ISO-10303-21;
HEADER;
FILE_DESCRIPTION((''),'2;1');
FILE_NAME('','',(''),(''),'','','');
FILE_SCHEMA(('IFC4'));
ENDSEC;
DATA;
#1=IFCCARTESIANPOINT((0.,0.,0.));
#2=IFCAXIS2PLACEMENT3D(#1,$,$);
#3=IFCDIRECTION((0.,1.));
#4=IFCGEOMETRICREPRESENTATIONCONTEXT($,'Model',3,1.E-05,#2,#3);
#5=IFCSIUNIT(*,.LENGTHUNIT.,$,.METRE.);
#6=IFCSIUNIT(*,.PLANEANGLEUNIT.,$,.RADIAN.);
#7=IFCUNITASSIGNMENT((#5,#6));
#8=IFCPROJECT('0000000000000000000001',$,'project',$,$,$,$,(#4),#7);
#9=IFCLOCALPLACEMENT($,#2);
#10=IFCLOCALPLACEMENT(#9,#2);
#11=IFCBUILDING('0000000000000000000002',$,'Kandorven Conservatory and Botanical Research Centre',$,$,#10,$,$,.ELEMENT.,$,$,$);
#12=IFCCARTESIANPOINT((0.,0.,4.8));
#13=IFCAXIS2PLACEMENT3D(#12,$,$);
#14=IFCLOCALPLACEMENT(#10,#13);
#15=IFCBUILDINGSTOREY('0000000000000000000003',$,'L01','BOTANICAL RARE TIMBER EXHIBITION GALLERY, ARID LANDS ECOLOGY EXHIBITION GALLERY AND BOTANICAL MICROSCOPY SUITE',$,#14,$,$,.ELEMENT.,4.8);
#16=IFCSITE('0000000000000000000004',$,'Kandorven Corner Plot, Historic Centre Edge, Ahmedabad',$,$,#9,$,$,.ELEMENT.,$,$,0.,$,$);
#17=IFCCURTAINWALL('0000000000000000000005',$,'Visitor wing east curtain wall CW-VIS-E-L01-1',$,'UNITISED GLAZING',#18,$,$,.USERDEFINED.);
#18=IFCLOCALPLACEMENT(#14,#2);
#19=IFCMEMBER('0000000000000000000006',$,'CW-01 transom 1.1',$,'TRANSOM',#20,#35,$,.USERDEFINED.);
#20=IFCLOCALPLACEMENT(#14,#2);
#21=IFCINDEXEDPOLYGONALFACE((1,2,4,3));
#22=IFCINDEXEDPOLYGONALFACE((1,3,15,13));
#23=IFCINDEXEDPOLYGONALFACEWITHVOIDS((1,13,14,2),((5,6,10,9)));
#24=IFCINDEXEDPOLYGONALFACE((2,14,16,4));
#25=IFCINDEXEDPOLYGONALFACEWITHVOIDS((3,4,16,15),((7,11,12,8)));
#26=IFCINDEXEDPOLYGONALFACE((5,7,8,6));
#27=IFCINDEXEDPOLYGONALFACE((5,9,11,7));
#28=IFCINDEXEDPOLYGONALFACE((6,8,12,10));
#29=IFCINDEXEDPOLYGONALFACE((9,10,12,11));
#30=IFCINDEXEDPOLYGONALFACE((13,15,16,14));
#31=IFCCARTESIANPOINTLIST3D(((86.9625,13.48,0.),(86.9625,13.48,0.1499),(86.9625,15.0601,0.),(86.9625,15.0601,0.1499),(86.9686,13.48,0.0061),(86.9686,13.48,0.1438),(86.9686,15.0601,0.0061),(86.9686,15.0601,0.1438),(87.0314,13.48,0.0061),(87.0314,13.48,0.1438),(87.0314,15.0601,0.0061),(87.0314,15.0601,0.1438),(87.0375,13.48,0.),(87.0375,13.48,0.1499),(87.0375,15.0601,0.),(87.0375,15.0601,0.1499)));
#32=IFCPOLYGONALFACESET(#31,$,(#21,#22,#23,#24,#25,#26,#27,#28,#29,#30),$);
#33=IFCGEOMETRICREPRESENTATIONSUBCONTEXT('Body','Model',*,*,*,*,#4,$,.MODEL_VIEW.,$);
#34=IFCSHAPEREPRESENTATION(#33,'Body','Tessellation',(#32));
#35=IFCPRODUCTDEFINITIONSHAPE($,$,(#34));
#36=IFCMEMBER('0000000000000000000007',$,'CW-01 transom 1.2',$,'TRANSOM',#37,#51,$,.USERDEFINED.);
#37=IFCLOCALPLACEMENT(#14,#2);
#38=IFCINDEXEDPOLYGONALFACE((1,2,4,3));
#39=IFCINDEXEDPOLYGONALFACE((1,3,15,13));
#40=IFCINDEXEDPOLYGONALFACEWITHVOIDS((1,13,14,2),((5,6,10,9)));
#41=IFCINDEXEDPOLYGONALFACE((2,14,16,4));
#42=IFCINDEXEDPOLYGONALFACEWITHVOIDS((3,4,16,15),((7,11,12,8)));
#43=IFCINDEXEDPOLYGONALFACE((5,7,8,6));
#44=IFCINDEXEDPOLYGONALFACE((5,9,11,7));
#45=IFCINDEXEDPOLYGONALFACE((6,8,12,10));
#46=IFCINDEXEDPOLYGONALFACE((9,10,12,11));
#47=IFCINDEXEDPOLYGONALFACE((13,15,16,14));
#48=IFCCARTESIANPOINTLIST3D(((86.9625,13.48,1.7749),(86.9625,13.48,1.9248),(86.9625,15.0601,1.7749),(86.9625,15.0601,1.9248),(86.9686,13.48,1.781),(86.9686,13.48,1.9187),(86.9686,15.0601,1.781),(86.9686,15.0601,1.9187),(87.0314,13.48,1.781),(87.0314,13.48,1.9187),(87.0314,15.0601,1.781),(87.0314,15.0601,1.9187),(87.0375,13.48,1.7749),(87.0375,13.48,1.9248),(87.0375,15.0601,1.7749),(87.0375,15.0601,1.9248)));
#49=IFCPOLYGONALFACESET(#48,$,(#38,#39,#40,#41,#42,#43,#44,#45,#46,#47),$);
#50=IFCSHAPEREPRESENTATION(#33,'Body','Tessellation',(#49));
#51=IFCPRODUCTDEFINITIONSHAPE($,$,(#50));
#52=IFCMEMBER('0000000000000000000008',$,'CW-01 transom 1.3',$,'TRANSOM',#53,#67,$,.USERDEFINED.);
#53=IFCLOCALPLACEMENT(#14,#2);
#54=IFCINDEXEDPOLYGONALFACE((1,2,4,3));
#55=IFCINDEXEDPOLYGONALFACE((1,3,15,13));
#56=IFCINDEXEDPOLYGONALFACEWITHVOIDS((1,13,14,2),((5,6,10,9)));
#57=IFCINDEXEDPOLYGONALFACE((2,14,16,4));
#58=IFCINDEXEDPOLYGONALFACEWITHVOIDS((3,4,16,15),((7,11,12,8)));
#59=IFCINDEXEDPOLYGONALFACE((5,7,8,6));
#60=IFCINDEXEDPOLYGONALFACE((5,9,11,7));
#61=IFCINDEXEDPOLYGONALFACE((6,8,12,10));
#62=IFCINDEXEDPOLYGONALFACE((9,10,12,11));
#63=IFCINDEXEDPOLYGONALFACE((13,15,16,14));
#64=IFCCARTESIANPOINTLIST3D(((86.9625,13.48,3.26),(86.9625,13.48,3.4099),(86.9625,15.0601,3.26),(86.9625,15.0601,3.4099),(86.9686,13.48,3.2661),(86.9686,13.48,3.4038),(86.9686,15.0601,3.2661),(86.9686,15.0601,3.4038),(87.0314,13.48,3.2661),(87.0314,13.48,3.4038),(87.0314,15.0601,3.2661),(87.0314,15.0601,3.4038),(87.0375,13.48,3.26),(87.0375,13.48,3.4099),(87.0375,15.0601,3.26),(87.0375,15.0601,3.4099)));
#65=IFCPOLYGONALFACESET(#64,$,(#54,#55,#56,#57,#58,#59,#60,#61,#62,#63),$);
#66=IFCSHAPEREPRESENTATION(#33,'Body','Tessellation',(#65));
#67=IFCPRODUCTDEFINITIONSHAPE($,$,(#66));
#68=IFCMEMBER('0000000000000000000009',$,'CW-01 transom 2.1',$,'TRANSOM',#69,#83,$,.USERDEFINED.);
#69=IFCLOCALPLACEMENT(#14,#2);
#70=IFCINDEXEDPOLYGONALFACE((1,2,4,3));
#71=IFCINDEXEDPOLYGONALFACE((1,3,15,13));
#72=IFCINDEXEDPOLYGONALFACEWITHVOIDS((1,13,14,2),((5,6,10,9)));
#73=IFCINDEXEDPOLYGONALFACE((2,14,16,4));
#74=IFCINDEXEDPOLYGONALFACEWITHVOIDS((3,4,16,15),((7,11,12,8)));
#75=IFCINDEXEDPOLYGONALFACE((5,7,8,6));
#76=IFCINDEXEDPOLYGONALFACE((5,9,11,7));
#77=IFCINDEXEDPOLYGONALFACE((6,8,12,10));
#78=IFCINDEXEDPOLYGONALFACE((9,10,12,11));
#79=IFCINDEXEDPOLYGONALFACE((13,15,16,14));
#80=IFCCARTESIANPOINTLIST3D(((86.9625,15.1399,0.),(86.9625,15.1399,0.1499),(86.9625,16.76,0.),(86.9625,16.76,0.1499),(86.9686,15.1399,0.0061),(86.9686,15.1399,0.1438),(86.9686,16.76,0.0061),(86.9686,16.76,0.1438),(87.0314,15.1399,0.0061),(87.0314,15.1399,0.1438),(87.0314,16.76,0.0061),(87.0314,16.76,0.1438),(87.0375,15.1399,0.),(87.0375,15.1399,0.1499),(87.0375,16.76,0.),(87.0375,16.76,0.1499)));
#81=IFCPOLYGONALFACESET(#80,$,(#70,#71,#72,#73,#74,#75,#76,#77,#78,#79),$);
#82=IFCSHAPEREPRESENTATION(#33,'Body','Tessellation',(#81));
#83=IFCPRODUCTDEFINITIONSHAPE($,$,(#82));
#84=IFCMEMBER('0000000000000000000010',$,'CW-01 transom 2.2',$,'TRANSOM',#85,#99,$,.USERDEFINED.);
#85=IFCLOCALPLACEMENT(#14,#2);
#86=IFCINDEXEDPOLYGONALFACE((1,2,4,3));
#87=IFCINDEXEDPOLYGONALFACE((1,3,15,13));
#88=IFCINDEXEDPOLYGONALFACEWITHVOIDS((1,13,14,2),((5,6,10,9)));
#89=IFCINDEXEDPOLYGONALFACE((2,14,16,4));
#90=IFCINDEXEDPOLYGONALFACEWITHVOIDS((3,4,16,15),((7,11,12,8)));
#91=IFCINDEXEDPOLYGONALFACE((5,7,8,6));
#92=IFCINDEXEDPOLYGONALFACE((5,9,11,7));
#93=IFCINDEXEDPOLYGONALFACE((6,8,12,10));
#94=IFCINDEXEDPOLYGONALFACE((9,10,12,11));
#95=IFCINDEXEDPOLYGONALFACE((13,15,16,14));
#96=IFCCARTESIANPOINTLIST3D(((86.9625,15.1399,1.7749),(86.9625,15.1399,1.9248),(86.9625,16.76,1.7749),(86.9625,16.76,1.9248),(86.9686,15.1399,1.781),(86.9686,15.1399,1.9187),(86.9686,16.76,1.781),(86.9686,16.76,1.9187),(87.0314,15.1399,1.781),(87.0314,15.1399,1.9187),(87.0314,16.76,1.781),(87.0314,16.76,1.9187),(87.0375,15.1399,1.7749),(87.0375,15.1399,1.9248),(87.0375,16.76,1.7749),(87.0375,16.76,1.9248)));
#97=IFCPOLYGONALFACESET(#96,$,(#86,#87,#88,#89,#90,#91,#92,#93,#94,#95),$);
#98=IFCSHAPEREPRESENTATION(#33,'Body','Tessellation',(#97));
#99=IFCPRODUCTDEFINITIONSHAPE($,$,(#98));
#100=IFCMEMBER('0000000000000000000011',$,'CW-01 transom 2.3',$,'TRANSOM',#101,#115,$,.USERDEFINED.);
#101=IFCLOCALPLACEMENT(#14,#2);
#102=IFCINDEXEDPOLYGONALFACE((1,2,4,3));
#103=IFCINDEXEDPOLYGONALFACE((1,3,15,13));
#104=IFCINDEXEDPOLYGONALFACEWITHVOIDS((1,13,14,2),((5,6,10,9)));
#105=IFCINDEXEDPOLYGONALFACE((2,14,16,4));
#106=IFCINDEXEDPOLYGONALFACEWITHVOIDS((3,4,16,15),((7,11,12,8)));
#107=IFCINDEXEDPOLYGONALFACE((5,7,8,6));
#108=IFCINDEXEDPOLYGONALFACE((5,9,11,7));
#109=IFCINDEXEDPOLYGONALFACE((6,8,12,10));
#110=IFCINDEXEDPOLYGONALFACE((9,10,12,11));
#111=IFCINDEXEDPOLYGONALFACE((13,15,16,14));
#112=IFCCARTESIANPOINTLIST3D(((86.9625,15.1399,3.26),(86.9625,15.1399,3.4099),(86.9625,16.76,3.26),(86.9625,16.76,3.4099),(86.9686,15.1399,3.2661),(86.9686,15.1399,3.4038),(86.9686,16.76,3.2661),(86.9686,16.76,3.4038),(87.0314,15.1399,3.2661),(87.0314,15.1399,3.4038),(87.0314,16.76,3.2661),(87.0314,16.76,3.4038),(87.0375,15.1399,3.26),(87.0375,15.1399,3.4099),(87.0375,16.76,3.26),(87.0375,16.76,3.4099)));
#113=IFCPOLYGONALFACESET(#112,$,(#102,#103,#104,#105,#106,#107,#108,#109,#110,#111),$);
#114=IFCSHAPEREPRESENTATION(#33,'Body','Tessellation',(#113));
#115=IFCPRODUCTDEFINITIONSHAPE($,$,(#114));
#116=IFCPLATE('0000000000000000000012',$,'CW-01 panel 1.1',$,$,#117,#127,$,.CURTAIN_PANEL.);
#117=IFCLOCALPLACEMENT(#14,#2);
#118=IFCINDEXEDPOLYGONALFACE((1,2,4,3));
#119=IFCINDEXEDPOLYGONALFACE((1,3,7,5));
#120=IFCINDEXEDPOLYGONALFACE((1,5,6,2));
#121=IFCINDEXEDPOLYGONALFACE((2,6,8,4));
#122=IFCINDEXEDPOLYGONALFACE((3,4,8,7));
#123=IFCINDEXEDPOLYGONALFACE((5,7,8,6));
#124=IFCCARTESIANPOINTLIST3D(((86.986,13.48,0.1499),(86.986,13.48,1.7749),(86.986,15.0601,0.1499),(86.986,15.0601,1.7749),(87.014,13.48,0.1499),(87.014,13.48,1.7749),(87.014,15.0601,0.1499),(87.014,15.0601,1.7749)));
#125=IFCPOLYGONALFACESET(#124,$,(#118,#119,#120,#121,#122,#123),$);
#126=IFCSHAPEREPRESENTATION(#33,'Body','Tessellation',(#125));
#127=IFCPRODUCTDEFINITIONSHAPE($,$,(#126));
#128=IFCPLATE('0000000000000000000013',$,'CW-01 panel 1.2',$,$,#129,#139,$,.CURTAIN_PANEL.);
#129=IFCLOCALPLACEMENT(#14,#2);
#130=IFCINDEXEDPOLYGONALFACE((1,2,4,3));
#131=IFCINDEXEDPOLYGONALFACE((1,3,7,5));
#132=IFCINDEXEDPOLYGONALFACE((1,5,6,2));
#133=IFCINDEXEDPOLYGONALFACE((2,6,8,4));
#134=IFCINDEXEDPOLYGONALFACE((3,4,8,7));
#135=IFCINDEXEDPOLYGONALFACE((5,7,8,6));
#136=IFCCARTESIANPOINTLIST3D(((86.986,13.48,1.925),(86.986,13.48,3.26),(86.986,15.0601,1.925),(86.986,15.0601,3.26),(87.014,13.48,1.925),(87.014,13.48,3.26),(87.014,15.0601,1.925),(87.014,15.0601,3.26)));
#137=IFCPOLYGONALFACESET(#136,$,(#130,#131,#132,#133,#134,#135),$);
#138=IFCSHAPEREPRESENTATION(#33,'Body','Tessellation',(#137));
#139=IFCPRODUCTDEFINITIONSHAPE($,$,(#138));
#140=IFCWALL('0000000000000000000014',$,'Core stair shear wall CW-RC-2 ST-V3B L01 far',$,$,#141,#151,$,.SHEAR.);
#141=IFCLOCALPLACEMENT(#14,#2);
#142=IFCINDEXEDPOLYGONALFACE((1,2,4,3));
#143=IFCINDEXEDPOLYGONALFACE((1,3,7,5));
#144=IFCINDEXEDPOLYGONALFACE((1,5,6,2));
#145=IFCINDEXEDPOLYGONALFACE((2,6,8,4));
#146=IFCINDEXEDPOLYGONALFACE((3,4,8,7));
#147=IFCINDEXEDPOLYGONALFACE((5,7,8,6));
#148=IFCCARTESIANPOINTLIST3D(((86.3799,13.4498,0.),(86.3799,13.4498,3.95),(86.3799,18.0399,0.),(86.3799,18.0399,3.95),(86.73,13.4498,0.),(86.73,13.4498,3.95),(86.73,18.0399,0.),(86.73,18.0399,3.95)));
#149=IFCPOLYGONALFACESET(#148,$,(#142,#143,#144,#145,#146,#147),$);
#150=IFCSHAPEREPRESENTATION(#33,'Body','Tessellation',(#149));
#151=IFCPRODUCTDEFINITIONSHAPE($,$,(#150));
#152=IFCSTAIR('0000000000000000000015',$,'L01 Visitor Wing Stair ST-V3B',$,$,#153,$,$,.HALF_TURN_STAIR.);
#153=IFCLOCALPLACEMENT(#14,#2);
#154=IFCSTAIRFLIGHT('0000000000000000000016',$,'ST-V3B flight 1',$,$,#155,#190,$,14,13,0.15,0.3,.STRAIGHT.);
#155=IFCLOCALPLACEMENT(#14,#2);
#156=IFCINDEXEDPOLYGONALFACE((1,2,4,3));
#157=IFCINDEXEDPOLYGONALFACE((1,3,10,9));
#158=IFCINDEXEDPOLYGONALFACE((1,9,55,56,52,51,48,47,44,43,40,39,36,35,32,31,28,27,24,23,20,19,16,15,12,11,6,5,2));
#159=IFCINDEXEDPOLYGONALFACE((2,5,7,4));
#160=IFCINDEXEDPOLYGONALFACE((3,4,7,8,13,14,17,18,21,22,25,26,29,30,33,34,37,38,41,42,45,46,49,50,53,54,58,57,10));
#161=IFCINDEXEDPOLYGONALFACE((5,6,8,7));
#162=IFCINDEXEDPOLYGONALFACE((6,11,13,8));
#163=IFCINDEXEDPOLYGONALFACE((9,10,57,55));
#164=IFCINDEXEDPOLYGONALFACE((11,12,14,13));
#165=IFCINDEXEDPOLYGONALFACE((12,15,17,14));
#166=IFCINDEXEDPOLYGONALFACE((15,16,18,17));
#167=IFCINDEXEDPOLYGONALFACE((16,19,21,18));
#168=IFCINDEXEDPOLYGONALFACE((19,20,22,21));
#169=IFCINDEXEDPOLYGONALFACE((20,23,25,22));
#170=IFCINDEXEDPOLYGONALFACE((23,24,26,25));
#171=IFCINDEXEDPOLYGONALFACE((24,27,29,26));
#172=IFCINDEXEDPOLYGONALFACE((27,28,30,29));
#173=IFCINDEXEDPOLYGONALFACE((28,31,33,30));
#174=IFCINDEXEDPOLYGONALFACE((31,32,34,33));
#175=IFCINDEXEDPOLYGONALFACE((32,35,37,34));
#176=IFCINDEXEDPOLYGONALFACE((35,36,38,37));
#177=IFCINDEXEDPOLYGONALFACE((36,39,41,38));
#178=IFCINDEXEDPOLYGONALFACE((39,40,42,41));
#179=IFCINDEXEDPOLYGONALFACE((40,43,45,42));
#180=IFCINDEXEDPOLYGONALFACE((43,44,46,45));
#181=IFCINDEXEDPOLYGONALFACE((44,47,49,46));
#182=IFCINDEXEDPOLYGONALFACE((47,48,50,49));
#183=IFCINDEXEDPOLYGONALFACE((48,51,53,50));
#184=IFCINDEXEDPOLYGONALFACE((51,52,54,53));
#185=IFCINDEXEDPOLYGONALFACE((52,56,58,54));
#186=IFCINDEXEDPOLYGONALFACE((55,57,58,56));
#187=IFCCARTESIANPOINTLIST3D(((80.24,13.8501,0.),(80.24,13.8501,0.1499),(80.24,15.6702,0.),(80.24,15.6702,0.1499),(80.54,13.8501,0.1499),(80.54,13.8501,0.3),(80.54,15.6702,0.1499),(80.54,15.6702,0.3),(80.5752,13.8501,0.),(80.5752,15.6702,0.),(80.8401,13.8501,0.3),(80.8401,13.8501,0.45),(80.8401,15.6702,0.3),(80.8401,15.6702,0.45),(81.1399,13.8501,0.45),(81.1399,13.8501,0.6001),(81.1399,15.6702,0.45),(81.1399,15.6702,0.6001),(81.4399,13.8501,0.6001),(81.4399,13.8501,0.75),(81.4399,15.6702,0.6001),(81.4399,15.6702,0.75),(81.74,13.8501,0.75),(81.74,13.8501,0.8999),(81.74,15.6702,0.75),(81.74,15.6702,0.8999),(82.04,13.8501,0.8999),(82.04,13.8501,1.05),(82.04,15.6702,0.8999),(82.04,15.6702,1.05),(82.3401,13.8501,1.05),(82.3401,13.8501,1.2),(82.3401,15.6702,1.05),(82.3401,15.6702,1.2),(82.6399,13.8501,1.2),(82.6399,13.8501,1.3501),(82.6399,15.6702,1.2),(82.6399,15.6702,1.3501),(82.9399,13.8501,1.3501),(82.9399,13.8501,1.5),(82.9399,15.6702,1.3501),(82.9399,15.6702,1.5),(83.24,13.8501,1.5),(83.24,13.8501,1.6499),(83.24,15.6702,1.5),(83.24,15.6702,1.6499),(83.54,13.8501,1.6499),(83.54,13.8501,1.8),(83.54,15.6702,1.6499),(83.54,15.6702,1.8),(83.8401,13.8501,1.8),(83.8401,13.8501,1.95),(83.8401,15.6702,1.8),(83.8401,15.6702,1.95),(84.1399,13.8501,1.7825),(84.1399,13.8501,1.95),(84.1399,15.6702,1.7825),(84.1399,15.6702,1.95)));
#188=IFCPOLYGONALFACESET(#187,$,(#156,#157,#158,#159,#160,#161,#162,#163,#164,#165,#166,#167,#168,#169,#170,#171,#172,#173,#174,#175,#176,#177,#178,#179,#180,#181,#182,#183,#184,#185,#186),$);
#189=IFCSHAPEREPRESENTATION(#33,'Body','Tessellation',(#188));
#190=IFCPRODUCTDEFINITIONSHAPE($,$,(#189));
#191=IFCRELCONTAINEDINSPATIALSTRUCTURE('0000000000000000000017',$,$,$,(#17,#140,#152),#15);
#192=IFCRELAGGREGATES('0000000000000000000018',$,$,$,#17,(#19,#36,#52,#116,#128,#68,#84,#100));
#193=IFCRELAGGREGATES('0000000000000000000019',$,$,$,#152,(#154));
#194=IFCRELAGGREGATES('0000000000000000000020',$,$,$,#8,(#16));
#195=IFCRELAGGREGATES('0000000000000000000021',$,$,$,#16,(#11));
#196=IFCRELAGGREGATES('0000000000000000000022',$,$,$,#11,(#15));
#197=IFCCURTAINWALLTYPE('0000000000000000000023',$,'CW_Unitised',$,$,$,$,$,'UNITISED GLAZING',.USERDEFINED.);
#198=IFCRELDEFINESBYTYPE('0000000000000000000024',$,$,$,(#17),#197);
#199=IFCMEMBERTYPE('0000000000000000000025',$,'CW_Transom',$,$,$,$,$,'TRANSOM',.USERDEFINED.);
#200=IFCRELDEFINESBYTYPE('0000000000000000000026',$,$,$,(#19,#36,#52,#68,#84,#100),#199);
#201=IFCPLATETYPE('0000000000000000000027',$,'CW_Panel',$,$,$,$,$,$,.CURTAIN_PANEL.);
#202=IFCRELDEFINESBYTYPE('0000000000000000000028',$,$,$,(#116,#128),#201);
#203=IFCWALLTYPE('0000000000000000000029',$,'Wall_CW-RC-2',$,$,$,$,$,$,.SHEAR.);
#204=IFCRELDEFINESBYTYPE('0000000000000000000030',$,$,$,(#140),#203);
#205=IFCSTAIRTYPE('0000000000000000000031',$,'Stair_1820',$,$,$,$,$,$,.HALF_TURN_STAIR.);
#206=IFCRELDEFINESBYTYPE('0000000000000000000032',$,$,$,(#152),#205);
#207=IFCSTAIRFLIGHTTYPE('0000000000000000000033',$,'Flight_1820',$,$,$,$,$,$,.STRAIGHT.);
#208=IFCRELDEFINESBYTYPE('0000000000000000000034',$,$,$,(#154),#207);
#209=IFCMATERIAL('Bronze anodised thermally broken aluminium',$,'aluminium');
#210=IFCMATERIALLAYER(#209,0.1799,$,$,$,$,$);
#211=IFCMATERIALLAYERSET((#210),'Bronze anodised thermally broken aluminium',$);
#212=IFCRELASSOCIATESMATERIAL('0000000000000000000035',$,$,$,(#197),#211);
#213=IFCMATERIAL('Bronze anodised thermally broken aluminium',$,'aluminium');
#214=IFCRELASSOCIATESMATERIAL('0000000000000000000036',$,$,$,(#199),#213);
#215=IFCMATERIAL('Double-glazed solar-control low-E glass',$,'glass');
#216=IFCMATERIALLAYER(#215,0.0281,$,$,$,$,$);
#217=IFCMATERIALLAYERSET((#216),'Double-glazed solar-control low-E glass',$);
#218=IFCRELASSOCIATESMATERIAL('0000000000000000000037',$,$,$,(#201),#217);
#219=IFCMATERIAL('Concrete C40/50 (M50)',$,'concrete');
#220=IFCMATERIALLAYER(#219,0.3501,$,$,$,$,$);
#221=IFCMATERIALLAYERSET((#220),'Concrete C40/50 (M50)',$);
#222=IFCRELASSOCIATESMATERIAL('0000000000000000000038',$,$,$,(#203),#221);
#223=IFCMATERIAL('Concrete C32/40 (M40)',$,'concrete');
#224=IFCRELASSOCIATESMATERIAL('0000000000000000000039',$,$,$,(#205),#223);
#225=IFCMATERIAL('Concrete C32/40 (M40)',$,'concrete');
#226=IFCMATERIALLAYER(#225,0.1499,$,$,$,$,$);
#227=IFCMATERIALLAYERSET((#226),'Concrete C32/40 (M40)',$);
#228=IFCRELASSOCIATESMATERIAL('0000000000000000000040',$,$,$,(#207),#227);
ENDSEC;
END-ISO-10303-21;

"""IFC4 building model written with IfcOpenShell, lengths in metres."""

from ifc_helpers import new_model, si_unit, direction, frame, frame_2d, origin, origin_2d, place, context, subcontext, project, spatial, polyline, rectangle, hollow_rectangle, outline, extrude, material, layer, layer_set, material_profile, profile_set, type_object, element, aggregate, save


model = new_model("IFC4")

# Units and contexts
model_context = context("Model", 3, precision=1e-05, world=origin(), true_north=direction((0.0, 1.0)))
body_context = subcontext(model_context, "Body", "Model", "MODEL_VIEW")
ifc_project = project(units=[si_unit("LENGTHUNIT", "METRE"), si_unit("PLANEANGLEUNIT", "RADIAN")], contexts=[model_context])

# Site, building, storey
site_placement = place(None, origin())
site = spatial("IfcSite", under=ifc_project, at=site_placement, Name="Kandorven Corner Plot, Historic Centre Edge, Ahmedabad", CompositionType="ELEMENT", RefElevation=0.0)
building_placement = place(site_placement, origin())
building = spatial("IfcBuilding", under=site, at=building_placement, Name="Kandorven Conservatory and Botanical Research Centre", CompositionType="ELEMENT")
storey_placement = place(building_placement, frame((0.0, 0.0, 4.8)))
storey = spatial("IfcBuildingStorey", under=building, at=storey_placement, Name="L01", Description="BOTANICAL RARE TIMBER EXHIBITION GALLERY, ARID LANDS ECOLOGY EXHIBITION GALLERY AND BOTANICAL MICROSCOPY SUITE", CompositionType="ELEMENT", Elevation=4.8)

# Curtain wall, members, plates
ifc_material_1 = material(Name="Bronze anodised thermally broken aluminium", Category="aluminium")
ifc_layer_1 = layer(ifc_material_1, 0.1799)
ifc_layer_set_1 = layer_set([ifc_layer_1], Name="Bronze anodised thermally broken aluminium")
curtain_wall_type = type_object("IfcCurtainWallType", Name="CW_Unitised", ElementType="UNITISED GLAZING", PredefinedType="USERDEFINED", material=ifc_layer_set_1)
curtain_wall_placement = place(storey_placement, origin())
curtain_wall = element("IfcCurtainWall", 1, at=curtain_wall_placement, inside=storey, type_object=curtain_wall_type, Name="Visitor wing east curtain wall CW-VIS-E-L01-1", ObjectType="UNITISED GLAZING", PredefinedType="USERDEFINED")
ifc_material_2 = material(Name="Bronze anodised thermally broken aluminium", Category="aluminium")
ifc_material_profile_1 = material_profile(ifc_material_2, hollow_rectangle(XDim=0.075, YDim=0.1499, WallThickness=0.0061, at=origin_2d()))
ifc_profile_set_1 = profile_set([ifc_material_profile_1], Name="Bronze anodised thermally broken aluminium")
member_type_1 = type_object("IfcMemberType", Name="CW_Transom", ElementType="TRANSOM", PredefinedType="USERDEFINED", material=ifc_profile_set_1)
member_1_placement = place(storey_placement, frame((87.0, 13.48, 0.075), z_axis=(0.0, 1.0, 0.0), x_axis=(-1.0, 0.0, 0.0)))
member_1 = element("IfcMember", 2, at=member_1_placement, type_object=member_type_1, Name="CW-01 transom 1.1", ObjectType="TRANSOM", PredefinedType="USERDEFINED", context=body_context, shape_type="SweptSolid", body=[
    extrude(hollow_rectangle(XDim=0.075, YDim=0.1499, WallThickness=0.0061, at=origin_2d()), origin(), (0.0, 0.0, 1.0), 1.5801),
])
member_2_placement = place(storey_placement, frame((87.0, 13.48, 1.8499), z_axis=(0.0, 1.0, 0.0), x_axis=(-1.0, 0.0, 0.0)))
member_2 = element("IfcMember", 3, at=member_2_placement, type_object=member_type_1, Name="CW-01 transom 1.2", ObjectType="TRANSOM", PredefinedType="USERDEFINED", context=body_context, shape_type="SweptSolid", body=[
    extrude(hollow_rectangle(XDim=0.075, YDim=0.1499, WallThickness=0.0061, at=origin_2d()), origin(), (0.0, 0.0, 1.0), 1.5801),
])
member_3_placement = place(storey_placement, frame((87.0, 13.48, 3.335), z_axis=(0.0, 1.0, 0.0), x_axis=(-1.0, 0.0, 0.0)))
member_3 = element("IfcMember", 4, at=member_3_placement, type_object=member_type_1, Name="CW-01 transom 1.3", ObjectType="TRANSOM", PredefinedType="USERDEFINED", context=body_context, shape_type="SweptSolid", body=[
    extrude(hollow_rectangle(XDim=0.075, YDim=0.1499, WallThickness=0.0061, at=origin_2d()), origin(), (0.0, 0.0, 1.0), 1.5801),
])
member_4_placement = place(storey_placement, frame((87.0, 15.1399, 0.075), z_axis=(0.0, 1.0, 0.0), x_axis=(-1.0, 0.0, 0.0)))
member_4 = element("IfcMember", 5, at=member_4_placement, type_object=member_type_1, Name="CW-01 transom 2.1", ObjectType="TRANSOM", PredefinedType="USERDEFINED", context=body_context, shape_type="SweptSolid", body=[
    extrude(hollow_rectangle(XDim=0.075, YDim=0.1499, WallThickness=0.0061, at=origin_2d()), origin(), (0.0, 0.0, 1.0), 1.6201),
])
member_5_placement = place(storey_placement, frame((87.0, 15.1399, 1.8499), z_axis=(0.0, 1.0, 0.0), x_axis=(-1.0, 0.0, 0.0)))
member_5 = element("IfcMember", 6, at=member_5_placement, type_object=member_type_1, Name="CW-01 transom 2.2", ObjectType="TRANSOM", PredefinedType="USERDEFINED", context=body_context, shape_type="SweptSolid", body=[
    extrude(hollow_rectangle(XDim=0.075, YDim=0.1499, WallThickness=0.0061, at=origin_2d()), origin(), (0.0, 0.0, 1.0), 1.6201),
])
member_6_placement = place(storey_placement, frame((87.0, 15.1399, 3.335), z_axis=(0.0, 1.0, 0.0), x_axis=(-1.0, 0.0, 0.0)))
member_6 = element("IfcMember", 7, at=member_6_placement, type_object=member_type_1, Name="CW-01 transom 2.3", ObjectType="TRANSOM", PredefinedType="USERDEFINED", context=body_context, shape_type="SweptSolid", body=[
    extrude(hollow_rectangle(XDim=0.075, YDim=0.1499, WallThickness=0.0061, at=origin_2d()), origin(), (0.0, 0.0, 1.0), 1.6201),
])
ifc_material_3 = material(Name="Double-glazed solar-control low-E glass", Category="glass")
ifc_layer_2 = layer(ifc_material_3, 0.0281)
ifc_layer_set_2 = layer_set([ifc_layer_2], Name="Double-glazed solar-control low-E glass")
plate_type = type_object("IfcPlateType", Name="CW_Panel", PredefinedType="CURTAIN_PANEL", material=ifc_layer_set_2)
plate_1_placement = place(storey_placement, frame((87.0, 14.27, 0.1499), z_axis=(0.0, 0.0, 1.0), x_axis=(0.0, 1.0, 0.0)))
plate_1 = element("IfcPlate", 8, at=plate_1_placement, type_object=plate_type, Name="CW-01 panel 1.1", PredefinedType="CURTAIN_PANEL", context=body_context, shape_type="SweptSolid", body=[
    extrude(rectangle(XDim=1.5801, YDim=0.0281, at=origin_2d()), origin(), (0.0, 0.0, 1.0), 1.625),
])
plate_2_placement = place(storey_placement, frame((87.0, 14.27, 1.925), z_axis=(0.0, 0.0, 1.0), x_axis=(0.0, 1.0, 0.0)))
plate_2 = element("IfcPlate", 9, at=plate_2_placement, type_object=plate_type, Name="CW-01 panel 1.2", PredefinedType="CURTAIN_PANEL", context=body_context, shape_type="SweptSolid", body=[
    extrude(rectangle(XDim=1.5801, YDim=0.0281, at=origin_2d()), origin(), (0.0, 0.0, 1.0), 1.335),
])
aggregate(curtain_wall, [member_1, member_2, member_3, plate_1, plate_2, member_4, member_5, member_6])

# Wall
ifc_material_4 = material(Name="Concrete C40/50 (M50)", Category="concrete")
ifc_layer_3 = layer(ifc_material_4, 0.3501)
ifc_layer_set_3 = layer_set([ifc_layer_3], Name="Concrete C40/50 (M50)")
wall_type = type_object("IfcWallType", Name="Wall_CW-RC-2", PredefinedType="SHEAR", material=ifc_layer_set_3)
wall_placement = place(storey_placement, frame((86.5549, 13.45, 0.0), z_axis=(0.0, 0.0, 1.0), x_axis=(0.0, 1.0, 0.0)))
element("IfcWall", 10, at=wall_placement, inside=storey, type_object=wall_type, Name="Core stair shear wall CW-RC-2 ST-V3B L01 far", PredefinedType="SHEAR", context=body_context, shape_type="SweptSolid", body=[
    extrude(rectangle(XDim=4.5901, YDim=0.3501, at=frame_2d((2.2949, 0.0))), origin(), (0.0, 0.0, 1.0), 3.95),
])

# Stair, stair flight
ifc_material_5 = material(Name="Concrete C32/40 (M40)", Category="concrete")
stair_type = type_object("IfcStairType", Name="Stair_1820", PredefinedType="HALF_TURN_STAIR", material=ifc_material_5)
stair_placement = place(storey_placement, origin())
stair = element("IfcStair", 11, at=stair_placement, inside=storey, type_object=stair_type, Name="L01 Visitor Wing Stair ST-V3B", PredefinedType="HALF_TURN_STAIR")
ifc_material_6 = material(Name="Concrete C32/40 (M40)", Category="concrete")
ifc_layer_4 = layer(ifc_material_6, 0.1499)
ifc_layer_set_4 = layer_set([ifc_layer_4], Name="Concrete C32/40 (M40)")
stair_flight_type = type_object("IfcStairFlightType", Name="Flight_1820", PredefinedType="STRAIGHT", material=ifc_layer_set_4)
stair_flight_placement = place(storey_placement, frame((80.24, 14.76, 0.0), z_axis=(0.0, 0.0, 1.0), x_axis=(1.0, 0.0, 0.0)))
stair_flight = element("IfcStairFlight", 12, at=stair_flight_placement, type_object=stair_flight_type, Name="ST-V3B flight 1", NumberOfRisers=14, NumberOfTreads=13, PredefinedType="STRAIGHT", RiserHeight=0.15, TreadLength=0.3, context=body_context, shape_type="SweptSolid", body=[
    extrude(outline(polyline([(0.0, 0.0), (0.0, 0.1499), (0.3, 0.1499), (0.3, 0.3), (0.6001, 0.3), (0.6001, 0.45), (0.8999, 0.45), (0.8999, 0.6001), (1.2, 0.6001), (1.2, 0.75), (1.5, 0.75), (1.5, 0.8999), (1.8, 0.8999), (1.8, 1.05), (2.1001, 1.05), (2.1001, 1.2), (2.3999, 1.2), (2.3999, 1.3501), (2.7, 1.3501), (2.7, 1.5), (3.0, 1.5), (3.0, 1.6499), (3.3, 1.6499), (3.3, 1.8), (3.6001, 1.8), (3.6001, 1.95), (3.8999, 1.95), (3.8999, 2.1001), (3.8999, 1.7825), (0.3352, 0.0), (0.0, 0.0)])), frame((0.0, 0.9102, 0.0), z_axis=(0.0, -1.0, 0.0), x_axis=(1.0, 0.0, 0.0)), (0.0, 0.0, 1.0), 1.8201),
])
aggregate(stair, [stair_flight])

save(model, "model.ifc")
